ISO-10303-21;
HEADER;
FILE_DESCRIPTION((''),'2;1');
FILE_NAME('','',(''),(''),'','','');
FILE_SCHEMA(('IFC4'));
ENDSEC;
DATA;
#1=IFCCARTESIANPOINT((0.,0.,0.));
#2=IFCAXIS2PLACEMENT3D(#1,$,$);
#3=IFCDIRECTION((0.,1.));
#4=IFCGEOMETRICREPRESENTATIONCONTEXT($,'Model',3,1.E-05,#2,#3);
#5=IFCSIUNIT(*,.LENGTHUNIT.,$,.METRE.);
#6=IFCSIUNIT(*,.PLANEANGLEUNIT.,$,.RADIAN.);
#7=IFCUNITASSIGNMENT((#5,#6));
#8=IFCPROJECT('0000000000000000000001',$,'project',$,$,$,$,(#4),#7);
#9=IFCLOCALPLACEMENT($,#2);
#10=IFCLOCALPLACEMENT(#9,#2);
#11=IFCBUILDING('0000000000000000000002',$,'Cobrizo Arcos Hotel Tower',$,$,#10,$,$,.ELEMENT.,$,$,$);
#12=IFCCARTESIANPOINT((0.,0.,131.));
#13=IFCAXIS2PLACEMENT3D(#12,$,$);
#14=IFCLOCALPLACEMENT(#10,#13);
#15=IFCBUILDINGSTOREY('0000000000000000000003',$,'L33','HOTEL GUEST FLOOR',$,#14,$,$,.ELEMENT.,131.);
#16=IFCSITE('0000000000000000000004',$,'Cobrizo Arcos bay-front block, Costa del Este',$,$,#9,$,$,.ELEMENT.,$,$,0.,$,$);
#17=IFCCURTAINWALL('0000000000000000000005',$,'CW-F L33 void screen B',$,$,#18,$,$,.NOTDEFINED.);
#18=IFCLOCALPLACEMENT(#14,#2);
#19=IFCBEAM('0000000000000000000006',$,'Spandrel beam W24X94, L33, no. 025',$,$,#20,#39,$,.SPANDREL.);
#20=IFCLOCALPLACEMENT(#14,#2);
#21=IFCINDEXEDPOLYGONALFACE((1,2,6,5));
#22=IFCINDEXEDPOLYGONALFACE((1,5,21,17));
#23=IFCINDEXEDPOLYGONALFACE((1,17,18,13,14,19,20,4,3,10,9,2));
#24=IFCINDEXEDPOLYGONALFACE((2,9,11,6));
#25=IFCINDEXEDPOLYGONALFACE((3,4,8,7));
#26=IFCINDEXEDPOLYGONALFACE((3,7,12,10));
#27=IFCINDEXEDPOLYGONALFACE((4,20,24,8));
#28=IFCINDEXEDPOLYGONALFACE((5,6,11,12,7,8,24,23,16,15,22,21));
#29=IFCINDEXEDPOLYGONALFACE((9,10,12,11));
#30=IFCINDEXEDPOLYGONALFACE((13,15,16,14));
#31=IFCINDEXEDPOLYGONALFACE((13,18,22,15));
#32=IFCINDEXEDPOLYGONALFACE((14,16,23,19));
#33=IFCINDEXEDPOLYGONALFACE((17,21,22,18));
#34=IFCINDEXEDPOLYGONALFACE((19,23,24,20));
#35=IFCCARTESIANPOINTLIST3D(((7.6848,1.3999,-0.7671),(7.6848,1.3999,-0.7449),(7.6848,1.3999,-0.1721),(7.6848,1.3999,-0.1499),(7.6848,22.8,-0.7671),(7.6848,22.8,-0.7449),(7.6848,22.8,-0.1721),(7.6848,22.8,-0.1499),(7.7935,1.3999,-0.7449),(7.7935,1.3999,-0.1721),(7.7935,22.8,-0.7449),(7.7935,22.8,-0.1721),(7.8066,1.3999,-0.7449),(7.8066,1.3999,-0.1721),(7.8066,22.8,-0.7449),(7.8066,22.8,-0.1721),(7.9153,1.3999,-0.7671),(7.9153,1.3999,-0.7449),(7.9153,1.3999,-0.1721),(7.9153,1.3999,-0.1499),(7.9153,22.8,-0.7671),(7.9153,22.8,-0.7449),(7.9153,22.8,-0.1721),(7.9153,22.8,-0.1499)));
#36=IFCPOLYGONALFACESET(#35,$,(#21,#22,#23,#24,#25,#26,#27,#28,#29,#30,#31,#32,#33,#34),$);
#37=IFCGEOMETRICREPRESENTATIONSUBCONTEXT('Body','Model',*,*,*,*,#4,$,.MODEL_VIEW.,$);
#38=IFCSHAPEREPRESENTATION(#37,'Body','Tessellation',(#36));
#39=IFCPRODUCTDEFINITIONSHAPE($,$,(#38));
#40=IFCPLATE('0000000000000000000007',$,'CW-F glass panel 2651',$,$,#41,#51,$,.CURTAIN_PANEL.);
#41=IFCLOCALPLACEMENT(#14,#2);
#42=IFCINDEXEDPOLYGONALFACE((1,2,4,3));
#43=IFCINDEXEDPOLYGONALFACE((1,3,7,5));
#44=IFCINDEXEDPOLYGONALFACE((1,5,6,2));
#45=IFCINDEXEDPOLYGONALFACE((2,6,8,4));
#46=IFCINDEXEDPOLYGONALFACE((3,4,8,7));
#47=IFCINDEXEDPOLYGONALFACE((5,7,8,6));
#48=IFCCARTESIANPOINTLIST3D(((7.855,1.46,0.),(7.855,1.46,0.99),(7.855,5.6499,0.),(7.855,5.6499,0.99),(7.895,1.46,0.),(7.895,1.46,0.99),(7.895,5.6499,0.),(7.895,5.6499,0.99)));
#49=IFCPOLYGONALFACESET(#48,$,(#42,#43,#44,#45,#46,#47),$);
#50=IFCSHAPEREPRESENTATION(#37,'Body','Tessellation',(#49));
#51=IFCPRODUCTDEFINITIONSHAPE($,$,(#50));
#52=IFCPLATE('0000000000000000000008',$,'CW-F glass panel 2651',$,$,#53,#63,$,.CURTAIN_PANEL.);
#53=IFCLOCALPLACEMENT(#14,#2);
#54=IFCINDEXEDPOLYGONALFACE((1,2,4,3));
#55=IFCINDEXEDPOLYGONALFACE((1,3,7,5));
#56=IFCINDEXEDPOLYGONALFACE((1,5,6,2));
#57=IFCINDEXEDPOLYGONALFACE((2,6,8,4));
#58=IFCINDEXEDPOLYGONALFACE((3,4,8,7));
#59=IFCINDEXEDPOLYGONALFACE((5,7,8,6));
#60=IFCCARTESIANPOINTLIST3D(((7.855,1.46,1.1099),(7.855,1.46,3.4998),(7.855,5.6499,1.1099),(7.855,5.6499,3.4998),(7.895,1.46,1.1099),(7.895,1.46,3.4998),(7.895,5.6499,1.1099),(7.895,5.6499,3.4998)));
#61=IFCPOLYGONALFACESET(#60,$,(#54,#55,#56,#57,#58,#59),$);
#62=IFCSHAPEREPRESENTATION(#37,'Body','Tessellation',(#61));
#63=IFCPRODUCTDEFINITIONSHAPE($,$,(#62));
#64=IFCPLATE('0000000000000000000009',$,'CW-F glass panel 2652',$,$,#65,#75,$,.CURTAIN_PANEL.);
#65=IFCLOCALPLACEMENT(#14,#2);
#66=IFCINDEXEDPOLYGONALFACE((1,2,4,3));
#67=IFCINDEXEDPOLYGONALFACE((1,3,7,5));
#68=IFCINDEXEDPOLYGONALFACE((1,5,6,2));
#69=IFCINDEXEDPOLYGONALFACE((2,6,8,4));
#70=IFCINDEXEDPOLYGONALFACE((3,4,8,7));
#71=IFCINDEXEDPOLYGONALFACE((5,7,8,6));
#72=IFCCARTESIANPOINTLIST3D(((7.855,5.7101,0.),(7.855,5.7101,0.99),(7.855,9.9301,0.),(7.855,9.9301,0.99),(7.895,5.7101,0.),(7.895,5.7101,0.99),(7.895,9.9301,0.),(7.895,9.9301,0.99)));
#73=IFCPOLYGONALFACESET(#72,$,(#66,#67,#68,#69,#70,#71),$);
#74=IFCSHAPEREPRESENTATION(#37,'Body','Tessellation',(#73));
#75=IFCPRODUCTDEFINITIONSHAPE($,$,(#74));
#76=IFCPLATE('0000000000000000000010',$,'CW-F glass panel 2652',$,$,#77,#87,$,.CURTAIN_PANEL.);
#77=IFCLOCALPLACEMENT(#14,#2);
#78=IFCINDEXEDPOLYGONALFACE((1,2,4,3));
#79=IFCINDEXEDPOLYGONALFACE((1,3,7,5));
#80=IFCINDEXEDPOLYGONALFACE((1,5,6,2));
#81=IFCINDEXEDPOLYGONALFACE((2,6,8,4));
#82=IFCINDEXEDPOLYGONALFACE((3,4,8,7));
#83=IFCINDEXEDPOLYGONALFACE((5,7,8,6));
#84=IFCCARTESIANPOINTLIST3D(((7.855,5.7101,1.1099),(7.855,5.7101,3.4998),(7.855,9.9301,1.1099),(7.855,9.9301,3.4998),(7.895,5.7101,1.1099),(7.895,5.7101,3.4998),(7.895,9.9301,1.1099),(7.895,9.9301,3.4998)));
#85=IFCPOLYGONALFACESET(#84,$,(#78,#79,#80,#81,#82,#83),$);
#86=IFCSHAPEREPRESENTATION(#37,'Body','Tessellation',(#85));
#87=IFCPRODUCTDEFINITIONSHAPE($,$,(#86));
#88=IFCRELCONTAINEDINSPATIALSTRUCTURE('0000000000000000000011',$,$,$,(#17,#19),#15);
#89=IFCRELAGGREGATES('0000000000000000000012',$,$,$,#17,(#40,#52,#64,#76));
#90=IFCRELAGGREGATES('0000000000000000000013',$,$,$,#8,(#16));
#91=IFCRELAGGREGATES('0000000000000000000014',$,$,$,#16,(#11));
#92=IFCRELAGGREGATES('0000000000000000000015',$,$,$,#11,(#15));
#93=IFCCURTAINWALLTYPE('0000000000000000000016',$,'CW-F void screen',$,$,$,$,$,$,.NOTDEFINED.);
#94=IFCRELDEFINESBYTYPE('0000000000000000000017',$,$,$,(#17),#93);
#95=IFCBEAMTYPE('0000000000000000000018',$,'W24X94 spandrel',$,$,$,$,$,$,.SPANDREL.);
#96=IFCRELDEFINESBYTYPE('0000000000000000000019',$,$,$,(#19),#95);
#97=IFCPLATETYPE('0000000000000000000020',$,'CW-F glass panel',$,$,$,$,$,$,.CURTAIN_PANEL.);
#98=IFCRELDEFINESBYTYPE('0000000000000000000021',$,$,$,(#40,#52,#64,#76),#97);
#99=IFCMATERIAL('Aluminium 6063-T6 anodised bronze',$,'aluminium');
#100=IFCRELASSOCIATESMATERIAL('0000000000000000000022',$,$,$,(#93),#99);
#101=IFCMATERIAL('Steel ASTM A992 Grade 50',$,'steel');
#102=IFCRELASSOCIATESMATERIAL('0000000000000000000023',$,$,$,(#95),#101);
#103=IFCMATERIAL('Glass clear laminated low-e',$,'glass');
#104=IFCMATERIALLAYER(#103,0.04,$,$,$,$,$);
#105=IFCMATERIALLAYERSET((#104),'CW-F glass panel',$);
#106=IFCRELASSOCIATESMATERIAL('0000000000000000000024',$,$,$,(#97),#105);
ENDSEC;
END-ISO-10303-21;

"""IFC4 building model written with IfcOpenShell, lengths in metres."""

from ifc_helpers import new_model, si_unit, direction, frame, origin, origin_2d, place, context, subcontext, project, spatial, rectangle, i_section, extrude, material, layer, layer_set, material_profile, profile_set, type_object, element, aggregate, save


model = new_model("IFC4")

# Units and contexts
model_context = context("Model", 3, precision=1e-05, world=origin(), true_north=direction((0.0, 1.0)))
body_context = subcontext(model_context, "Body", "Model", "MODEL_VIEW")
ifc_project = project(units=[si_unit("LENGTHUNIT", "METRE"), si_unit("PLANEANGLEUNIT", "RADIAN")], contexts=[model_context])

# Site, building, storey
site_placement = place(None, origin())
site = spatial("IfcSite", under=ifc_project, at=site_placement, Name="Cobrizo Arcos bay-front block, Costa del Este", CompositionType="ELEMENT", RefElevation=0.0)
building_placement = place(site_placement, origin())
building = spatial("IfcBuilding", under=site, at=building_placement, Name="Cobrizo Arcos Hotel Tower", CompositionType="ELEMENT")
storey_placement = place(building_placement, frame((0.0, 0.0, 131.0)))
storey = spatial("IfcBuildingStorey", under=building, at=storey_placement, Name="L33", Description="HOTEL GUEST FLOOR", CompositionType="ELEMENT", Elevation=131.0)

# Shared definitions
ifc_material_1 = material(Name="Steel ASTM A992 Grade 50", Category="steel")

# Curtain wall
ifc_material_2 = material(Name="Aluminium 6063-T6 anodised bronze", Category="aluminium")
curtain_wall_type = type_object("IfcCurtainWallType", Name="CW-F void screen", PredefinedType="NOTDEFINED", material=ifc_material_2)
curtain_wall_placement = place(storey_placement, origin())
curtain_wall = element("IfcCurtainWall", 1, at=curtain_wall_placement, inside=storey, type_object=curtain_wall_type, Name="CW-F L33 void screen B", PredefinedType="NOTDEFINED")

# Beam
ifc_material_profile_1 = material_profile(ifc_material_1, i_section(OverallWidth=0.2305, OverallDepth=0.6172, WebThickness=0.0132, FlangeThickness=0.0222, at=origin_2d()), Name="W24X94")
ifc_profile_set_1 = profile_set([ifc_material_profile_1], Name="Steel ASTM A992 Grade 50")
beam_type_1 = type_object("IfcBeamType", Name="W24X94 spandrel", PredefinedType="SPANDREL", material=ifc_profile_set_1)
beam_1_placement = place(storey_placement, frame((7.8, 1.3999, -0.4585), z_axis=(0.0, 1.0, 0.0), x_axis=(-1.0, 0.0, 0.0)))
element("IfcBeam", 2, at=beam_1_placement, inside=storey, type_object=beam_type_1, Name="Spandrel beam W24X94, L33, no. 025", PredefinedType="SPANDREL", context=body_context, shape_type="SweptSolid", body=[
    extrude(i_section(OverallWidth=0.2305, OverallDepth=0.6172, WebThickness=0.0132, FlangeThickness=0.0222, at=origin_2d()), origin(), (0.0, 0.0, 1.0), 21.4001),
])

# Plates
ifc_material_3 = material(Name="Glass clear laminated low-e", Category="glass")
ifc_layer_1 = layer(ifc_material_3, 0.04)
ifc_layer_set_1 = layer_set([ifc_layer_1], Name="CW-F glass panel")
plate_type = type_object("IfcPlateType", Name="CW-F glass panel", PredefinedType="CURTAIN_PANEL", material=ifc_layer_set_1)
plate_1_placement = place(storey_placement, frame((7.875, 3.5549, 0.0), z_axis=(0.0, 0.0, 1.0), x_axis=(0.0, 1.0, 0.0)))
plate_1 = element("IfcPlate", 3, at=plate_1_placement, type_object=plate_type, Name="CW-F glass panel 2651", PredefinedType="CURTAIN_PANEL", context=body_context, shape_type="SweptSolid", body=[
    extrude(rectangle(XDim=4.1899, YDim=0.04, at=origin_2d()), origin(), (0.0, 0.0, 1.0), 0.99),
])
plate_2_placement = place(storey_placement, frame((7.875, 3.5549, 1.1099), z_axis=(0.0, 0.0, 1.0), x_axis=(0.0, 1.0, 0.0)))
plate_2 = element("IfcPlate", 4, at=plate_2_placement, type_object=plate_type, Name="CW-F glass panel 2651", PredefinedType="CURTAIN_PANEL", context=body_context, shape_type="SweptSolid", body=[
    extrude(rectangle(XDim=4.1899, YDim=0.04, at=origin_2d()), origin(), (0.0, 0.0, 1.0), 2.3899),
])
plate_3_placement = place(storey_placement, frame((7.875, 7.8201, 0.0), z_axis=(0.0, 0.0, 1.0), x_axis=(0.0, 1.0, 0.0)))
plate_3 = element("IfcPlate", 5, at=plate_3_placement, type_object=plate_type, Name="CW-F glass panel 2652", PredefinedType="CURTAIN_PANEL", context=body_context, shape_type="SweptSolid", body=[
    extrude(rectangle(XDim=4.22, YDim=0.04, at=origin_2d()), origin(), (0.0, 0.0, 1.0), 0.99),
])
plate_4_placement = place(storey_placement, frame((7.875, 7.8201, 1.1099), z_axis=(0.0, 0.0, 1.0), x_axis=(0.0, 1.0, 0.0)))
plate_4 = element("IfcPlate", 6, at=plate_4_placement, type_object=plate_type, Name="CW-F glass panel 2652", PredefinedType="CURTAIN_PANEL", context=body_context, shape_type="SweptSolid", body=[
    extrude(rectangle(XDim=4.22, YDim=0.04, at=origin_2d()), origin(), (0.0, 0.0, 1.0), 2.3899),
])
aggregate(curtain_wall, [plate_1, plate_2, plate_3, plate_4])

save(model, "model.ifc")
